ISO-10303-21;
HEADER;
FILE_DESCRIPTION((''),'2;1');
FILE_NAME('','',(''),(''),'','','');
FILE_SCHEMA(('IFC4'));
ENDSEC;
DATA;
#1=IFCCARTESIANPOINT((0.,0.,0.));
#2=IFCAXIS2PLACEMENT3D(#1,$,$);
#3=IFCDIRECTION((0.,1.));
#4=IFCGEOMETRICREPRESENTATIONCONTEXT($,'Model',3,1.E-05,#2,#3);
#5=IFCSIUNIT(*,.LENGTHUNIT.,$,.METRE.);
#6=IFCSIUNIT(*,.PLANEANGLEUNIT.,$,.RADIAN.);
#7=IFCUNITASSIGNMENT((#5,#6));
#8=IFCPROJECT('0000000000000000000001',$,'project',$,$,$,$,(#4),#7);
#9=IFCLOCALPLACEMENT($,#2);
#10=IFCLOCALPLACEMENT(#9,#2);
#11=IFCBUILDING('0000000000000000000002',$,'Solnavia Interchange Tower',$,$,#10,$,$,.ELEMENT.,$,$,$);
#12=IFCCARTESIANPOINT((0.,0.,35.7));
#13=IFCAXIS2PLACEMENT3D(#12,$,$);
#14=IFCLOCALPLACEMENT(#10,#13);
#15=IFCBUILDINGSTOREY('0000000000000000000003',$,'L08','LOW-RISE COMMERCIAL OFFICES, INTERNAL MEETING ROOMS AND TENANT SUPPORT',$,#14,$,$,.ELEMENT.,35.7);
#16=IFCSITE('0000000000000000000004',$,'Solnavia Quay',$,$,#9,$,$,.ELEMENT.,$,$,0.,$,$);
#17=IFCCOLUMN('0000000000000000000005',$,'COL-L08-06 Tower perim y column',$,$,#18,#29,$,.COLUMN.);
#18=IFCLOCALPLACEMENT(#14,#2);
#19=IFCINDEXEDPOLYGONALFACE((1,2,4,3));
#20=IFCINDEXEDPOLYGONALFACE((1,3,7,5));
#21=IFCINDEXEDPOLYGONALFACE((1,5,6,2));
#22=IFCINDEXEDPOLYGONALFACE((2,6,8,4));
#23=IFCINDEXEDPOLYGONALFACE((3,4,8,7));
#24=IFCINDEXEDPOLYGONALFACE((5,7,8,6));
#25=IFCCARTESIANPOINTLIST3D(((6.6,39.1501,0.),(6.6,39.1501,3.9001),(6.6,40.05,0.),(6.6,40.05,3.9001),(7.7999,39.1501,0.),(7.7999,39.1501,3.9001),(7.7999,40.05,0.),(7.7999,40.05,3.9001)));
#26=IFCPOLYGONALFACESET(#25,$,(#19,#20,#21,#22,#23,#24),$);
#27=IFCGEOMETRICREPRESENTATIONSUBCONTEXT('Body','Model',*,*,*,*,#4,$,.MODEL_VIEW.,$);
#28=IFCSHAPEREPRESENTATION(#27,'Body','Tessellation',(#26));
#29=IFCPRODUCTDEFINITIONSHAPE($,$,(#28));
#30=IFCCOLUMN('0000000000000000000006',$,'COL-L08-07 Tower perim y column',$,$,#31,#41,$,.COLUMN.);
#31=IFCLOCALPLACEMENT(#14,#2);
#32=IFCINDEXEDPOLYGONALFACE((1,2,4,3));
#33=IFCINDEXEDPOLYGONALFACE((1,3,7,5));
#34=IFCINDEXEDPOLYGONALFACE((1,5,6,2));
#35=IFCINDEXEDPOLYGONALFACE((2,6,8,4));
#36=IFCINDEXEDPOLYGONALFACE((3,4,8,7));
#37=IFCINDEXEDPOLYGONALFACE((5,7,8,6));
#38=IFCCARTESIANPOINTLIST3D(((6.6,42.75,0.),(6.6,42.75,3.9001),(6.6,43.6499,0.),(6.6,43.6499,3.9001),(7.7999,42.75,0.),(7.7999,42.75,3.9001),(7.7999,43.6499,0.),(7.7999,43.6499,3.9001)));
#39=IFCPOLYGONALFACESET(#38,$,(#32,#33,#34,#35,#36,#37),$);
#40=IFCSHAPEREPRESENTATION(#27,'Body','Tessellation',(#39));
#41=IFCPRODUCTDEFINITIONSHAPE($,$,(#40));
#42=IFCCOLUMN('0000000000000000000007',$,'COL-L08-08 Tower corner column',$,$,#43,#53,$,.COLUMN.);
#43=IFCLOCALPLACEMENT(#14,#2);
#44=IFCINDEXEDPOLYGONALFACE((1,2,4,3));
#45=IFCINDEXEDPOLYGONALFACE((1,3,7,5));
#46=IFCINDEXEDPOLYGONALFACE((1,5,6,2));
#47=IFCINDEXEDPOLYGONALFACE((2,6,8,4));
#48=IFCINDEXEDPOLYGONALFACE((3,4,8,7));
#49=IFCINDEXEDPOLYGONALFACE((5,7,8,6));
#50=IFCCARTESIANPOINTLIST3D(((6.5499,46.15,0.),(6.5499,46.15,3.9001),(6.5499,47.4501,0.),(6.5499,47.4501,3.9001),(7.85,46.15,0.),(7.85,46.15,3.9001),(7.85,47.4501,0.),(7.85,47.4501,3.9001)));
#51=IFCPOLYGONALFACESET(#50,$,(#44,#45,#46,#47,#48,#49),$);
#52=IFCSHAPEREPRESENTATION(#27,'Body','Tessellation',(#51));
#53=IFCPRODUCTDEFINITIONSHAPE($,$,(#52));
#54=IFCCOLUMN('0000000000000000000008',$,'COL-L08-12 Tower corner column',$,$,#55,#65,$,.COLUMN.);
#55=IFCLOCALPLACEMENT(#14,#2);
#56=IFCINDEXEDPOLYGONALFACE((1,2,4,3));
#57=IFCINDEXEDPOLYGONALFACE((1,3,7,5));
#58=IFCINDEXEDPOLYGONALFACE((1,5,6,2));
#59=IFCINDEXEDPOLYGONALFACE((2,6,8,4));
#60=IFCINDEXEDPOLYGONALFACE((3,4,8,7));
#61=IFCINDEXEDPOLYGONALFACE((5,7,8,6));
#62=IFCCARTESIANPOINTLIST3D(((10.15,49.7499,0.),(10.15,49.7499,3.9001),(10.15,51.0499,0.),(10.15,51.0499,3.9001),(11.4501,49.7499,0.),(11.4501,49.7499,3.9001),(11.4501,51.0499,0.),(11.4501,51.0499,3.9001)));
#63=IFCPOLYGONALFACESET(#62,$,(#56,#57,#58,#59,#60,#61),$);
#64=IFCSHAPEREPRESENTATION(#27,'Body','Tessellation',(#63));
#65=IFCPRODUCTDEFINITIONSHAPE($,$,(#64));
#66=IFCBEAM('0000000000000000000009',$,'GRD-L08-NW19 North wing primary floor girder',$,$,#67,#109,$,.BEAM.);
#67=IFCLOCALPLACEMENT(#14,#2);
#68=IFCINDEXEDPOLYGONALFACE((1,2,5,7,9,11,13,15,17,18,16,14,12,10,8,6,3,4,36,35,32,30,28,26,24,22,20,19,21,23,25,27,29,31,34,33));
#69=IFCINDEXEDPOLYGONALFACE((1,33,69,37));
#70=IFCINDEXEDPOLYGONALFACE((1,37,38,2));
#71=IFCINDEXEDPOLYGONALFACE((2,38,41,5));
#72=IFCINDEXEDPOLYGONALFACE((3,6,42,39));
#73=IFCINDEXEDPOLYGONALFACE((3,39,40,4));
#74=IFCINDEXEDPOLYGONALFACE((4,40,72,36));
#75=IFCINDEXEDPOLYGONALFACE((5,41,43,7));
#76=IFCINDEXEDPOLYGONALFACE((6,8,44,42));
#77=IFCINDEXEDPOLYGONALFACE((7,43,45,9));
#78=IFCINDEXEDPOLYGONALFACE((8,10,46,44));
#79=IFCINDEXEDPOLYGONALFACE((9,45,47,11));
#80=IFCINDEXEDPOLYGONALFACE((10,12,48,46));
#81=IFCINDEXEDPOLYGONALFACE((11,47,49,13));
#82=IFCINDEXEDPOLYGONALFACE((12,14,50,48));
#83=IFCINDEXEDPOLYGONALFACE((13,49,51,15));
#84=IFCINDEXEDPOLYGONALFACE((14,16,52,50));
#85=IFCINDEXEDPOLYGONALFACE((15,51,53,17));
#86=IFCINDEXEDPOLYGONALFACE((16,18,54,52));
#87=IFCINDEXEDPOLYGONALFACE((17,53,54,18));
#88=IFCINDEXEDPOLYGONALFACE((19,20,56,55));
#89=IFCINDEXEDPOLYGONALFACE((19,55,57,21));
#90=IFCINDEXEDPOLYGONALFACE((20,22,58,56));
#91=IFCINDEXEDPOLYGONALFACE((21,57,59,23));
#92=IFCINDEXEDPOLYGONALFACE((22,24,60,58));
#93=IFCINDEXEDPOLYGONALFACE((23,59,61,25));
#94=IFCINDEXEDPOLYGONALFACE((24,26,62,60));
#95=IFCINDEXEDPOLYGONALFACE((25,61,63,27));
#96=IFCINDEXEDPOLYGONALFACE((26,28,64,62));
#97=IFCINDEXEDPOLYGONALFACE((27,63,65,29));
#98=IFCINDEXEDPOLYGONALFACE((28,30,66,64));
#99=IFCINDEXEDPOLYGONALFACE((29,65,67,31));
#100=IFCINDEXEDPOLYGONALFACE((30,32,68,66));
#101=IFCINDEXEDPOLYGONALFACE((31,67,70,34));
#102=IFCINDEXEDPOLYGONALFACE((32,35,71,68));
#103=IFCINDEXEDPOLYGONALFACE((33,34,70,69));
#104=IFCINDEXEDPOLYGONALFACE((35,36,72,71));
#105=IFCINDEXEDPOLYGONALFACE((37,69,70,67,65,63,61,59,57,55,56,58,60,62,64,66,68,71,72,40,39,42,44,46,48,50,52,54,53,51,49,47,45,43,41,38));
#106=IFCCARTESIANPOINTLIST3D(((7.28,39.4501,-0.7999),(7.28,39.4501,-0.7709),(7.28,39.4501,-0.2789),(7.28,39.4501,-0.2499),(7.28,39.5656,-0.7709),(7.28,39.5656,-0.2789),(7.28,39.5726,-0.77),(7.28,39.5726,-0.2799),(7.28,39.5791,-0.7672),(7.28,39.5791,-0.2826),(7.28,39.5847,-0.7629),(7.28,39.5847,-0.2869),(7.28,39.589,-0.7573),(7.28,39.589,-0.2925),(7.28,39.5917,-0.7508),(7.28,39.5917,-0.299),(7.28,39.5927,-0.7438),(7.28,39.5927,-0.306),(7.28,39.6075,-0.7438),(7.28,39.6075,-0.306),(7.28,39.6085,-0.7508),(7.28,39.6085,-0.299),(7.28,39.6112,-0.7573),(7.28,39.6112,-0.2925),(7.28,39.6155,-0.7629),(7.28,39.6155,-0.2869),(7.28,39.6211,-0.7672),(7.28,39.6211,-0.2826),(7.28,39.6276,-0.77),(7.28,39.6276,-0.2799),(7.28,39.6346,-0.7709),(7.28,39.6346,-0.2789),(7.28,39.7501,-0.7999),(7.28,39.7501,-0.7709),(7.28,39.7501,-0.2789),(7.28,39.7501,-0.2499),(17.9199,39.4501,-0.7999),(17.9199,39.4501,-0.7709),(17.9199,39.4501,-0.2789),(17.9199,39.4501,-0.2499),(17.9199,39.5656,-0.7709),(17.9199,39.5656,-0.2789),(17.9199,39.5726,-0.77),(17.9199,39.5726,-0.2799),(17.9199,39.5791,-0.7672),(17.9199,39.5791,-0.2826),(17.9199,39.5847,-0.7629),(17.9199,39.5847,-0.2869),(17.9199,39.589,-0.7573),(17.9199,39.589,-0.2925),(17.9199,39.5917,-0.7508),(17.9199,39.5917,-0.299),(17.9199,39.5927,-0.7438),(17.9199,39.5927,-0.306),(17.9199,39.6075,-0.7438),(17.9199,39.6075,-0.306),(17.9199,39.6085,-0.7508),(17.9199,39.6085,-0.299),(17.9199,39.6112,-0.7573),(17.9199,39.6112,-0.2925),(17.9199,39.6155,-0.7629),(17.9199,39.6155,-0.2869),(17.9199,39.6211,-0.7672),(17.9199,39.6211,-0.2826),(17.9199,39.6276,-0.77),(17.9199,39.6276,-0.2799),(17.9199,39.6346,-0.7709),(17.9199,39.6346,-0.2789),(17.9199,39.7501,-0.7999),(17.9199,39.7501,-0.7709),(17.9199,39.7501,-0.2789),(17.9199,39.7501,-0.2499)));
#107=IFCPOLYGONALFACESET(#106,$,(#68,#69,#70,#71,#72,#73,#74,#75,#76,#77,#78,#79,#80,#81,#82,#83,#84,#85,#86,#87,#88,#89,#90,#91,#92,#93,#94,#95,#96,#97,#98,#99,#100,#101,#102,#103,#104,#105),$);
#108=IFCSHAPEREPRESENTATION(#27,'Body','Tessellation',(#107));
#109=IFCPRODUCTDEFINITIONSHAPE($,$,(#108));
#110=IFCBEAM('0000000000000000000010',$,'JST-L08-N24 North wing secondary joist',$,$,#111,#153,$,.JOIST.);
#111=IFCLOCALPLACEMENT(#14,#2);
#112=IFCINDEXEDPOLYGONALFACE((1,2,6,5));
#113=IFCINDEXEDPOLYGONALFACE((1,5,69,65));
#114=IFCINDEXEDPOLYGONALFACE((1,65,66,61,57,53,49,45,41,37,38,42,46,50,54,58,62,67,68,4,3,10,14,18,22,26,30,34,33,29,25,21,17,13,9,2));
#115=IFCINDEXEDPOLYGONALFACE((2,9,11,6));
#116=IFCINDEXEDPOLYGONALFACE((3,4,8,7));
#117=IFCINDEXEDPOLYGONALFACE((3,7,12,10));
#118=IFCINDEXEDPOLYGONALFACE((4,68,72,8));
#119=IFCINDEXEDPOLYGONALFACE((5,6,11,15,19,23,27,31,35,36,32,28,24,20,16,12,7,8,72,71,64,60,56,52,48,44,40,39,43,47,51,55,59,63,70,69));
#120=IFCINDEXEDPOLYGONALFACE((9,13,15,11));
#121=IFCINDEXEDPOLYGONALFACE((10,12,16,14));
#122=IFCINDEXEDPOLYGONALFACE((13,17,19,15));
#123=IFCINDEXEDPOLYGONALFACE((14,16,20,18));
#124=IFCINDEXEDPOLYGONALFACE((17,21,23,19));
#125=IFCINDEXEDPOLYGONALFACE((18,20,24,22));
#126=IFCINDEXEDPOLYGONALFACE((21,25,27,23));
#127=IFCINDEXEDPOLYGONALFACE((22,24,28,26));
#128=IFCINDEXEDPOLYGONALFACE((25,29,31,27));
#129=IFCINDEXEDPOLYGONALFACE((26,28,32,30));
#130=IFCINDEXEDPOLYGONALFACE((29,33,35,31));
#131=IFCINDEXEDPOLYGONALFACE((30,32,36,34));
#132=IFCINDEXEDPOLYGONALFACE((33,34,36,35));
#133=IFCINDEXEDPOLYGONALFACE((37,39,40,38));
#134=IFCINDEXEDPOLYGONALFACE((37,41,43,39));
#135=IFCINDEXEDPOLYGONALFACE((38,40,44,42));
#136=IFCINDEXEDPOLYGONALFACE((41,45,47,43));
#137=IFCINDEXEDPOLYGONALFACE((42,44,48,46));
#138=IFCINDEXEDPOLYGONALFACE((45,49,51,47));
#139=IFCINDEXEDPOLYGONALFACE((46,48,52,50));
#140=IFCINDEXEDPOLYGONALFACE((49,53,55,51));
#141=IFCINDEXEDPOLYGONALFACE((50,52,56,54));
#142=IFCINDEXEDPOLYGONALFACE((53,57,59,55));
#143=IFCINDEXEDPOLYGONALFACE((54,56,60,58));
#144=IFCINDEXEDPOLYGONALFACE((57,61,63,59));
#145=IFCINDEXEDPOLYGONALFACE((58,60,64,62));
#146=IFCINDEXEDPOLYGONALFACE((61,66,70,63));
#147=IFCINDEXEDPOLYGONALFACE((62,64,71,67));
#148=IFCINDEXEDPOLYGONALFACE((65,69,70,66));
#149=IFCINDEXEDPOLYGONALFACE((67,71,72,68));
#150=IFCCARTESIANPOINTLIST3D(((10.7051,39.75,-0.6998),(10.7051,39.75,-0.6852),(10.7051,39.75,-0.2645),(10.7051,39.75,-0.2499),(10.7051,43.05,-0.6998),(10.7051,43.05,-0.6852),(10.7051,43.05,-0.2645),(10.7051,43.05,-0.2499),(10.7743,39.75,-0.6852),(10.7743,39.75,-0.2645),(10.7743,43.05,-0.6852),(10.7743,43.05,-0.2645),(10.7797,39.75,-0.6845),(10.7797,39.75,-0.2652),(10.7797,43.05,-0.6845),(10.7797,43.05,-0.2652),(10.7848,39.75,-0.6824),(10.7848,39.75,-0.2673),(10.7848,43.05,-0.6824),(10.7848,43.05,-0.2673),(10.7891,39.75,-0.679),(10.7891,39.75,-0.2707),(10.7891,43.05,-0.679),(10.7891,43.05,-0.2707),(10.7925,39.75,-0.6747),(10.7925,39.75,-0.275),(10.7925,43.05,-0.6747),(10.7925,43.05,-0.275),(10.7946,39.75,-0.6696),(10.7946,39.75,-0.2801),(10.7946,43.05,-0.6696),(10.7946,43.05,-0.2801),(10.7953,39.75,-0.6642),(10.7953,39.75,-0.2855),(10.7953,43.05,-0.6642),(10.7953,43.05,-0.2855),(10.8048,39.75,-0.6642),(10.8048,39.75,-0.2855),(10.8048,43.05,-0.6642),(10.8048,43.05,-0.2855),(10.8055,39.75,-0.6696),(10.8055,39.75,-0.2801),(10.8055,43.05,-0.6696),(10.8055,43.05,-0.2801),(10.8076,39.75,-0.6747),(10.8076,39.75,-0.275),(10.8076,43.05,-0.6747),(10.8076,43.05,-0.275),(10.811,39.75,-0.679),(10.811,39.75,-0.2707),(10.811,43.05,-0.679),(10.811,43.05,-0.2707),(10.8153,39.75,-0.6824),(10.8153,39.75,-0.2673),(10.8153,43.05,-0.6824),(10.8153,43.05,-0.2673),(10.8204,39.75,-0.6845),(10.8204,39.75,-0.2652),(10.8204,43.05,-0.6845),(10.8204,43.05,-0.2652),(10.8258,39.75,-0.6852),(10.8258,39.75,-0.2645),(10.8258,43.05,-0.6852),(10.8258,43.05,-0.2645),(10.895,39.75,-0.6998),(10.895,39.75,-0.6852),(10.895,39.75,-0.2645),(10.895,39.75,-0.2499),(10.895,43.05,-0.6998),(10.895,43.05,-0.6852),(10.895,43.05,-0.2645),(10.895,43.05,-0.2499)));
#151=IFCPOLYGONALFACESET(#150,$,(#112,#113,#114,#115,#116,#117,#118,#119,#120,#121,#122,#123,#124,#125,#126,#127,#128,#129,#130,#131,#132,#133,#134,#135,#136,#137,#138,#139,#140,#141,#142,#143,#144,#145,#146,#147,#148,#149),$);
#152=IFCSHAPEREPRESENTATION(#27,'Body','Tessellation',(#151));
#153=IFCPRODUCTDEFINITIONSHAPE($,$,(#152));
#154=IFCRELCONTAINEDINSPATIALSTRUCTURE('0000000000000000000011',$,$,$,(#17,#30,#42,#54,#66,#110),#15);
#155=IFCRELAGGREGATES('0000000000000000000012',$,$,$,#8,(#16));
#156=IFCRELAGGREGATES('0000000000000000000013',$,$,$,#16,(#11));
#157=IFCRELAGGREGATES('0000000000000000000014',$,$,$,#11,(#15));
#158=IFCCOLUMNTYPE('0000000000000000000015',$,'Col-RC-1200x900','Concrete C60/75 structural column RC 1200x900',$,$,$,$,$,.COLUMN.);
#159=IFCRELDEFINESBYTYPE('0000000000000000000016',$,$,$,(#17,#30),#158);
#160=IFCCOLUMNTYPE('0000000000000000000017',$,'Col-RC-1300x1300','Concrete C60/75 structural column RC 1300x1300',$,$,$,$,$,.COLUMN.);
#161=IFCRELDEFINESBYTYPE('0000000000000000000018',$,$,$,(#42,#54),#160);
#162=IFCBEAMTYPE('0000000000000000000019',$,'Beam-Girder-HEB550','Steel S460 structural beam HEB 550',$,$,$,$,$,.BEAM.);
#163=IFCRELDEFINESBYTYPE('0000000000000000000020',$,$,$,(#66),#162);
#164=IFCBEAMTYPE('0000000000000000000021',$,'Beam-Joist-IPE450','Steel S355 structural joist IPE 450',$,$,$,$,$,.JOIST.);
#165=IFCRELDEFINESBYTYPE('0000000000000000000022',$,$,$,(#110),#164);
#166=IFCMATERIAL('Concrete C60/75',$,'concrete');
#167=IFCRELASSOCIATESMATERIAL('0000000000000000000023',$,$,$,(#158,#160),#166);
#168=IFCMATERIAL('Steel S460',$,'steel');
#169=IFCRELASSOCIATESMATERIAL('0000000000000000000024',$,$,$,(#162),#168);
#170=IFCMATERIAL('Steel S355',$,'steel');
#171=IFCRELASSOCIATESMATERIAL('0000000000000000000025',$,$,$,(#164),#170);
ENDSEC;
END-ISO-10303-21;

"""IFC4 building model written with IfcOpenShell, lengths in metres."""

from ifc_helpers import new_model, si_unit, direction, frame, origin, origin_2d, place, context, subcontext, project, spatial, rectangle, i_section, extrude, material, material_profile, profile_set, type_object, element, save


model = new_model("IFC4")

# Units and contexts
model_context = context("Model", 3, precision=1e-05, world=origin(), true_north=direction((0.0, 1.0)))
body_context = subcontext(model_context, "Body", "Model", "MODEL_VIEW")
ifc_project = project(units=[si_unit("LENGTHUNIT", "METRE"), si_unit("PLANEANGLEUNIT", "RADIAN")], contexts=[model_context])

# Site, building, storey
site_placement = place(None, origin())
site = spatial("IfcSite", under=ifc_project, at=site_placement, Name="Solnavia Quay", CompositionType="ELEMENT", RefElevation=0.0)
building_placement = place(site_placement, origin())
building = spatial("IfcBuilding", under=site, at=building_placement, Name="Solnavia Interchange Tower", CompositionType="ELEMENT")
storey_placement = place(building_placement, frame((0.0, 0.0, 35.7)))
storey = spatial("IfcBuildingStorey", under=building, at=storey_placement, Name="L08", Description="LOW-RISE COMMERCIAL OFFICES, INTERNAL MEETING ROOMS AND TENANT SUPPORT", CompositionType="ELEMENT", Elevation=35.7)

# Columns
ifc_material_1 = material(Name="Concrete C60/75", Category="concrete")
ifc_material_profile_1 = material_profile(ifc_material_1, rectangle(XDim=0.8999, YDim=1.2, at=origin_2d()), Name="RC 1200x900")
ifc_profile_set_1 = profile_set([ifc_material_profile_1], Name="Concrete C60/75")
column_type_1 = type_object("IfcColumnType", Name="Col-RC-1200x900", Description="Concrete C60/75 structural column RC 1200x900", PredefinedType="COLUMN", material=ifc_profile_set_1)
for number, where, z_axis, x_axis, name in (
    (1, (7.2, 39.6001, 0.0), (0.0, 0.0, 1.0), (0.0, 1.0, 0.0), "COL-L08-06 Tower perim y column"),
    (2, (7.2, 43.2, 0.0), (0.0, 0.0, 1.0), (0.0, 1.0, 0.0), "COL-L08-07 Tower perim y column"),
):
    element("IfcColumn", number, at=place(storey_placement, frame(where, z_axis=z_axis, x_axis=x_axis)), inside=storey, type_object=column_type_1, Name=name, PredefinedType="COLUMN", context=body_context, shape_type="SweptSolid", body=[
        extrude(rectangle(XDim=0.8999, YDim=1.2, at=origin_2d()), origin(), (0.0, 0.0, 1.0), 3.9001),
    ])
ifc_material_profile_2 = material_profile(ifc_material_1, rectangle(XDim=1.3, YDim=1.3, at=origin_2d()), Name="RC 1300x1300")
ifc_profile_set_2 = profile_set([ifc_material_profile_2], Name="Concrete C60/75")
column_type_2 = type_object("IfcColumnType", Name="Col-RC-1300x1300", Description="Concrete C60/75 structural column RC 1300x1300", PredefinedType="COLUMN", material=ifc_profile_set_2)
for number, where, z_axis, x_axis, name in (
    (3, (7.2, 46.8, 0.0), (0.0, 0.0, 1.0), (0.0, 1.0, 0.0), "COL-L08-08 Tower corner column"),
    (4, (10.8, 50.3999, 0.0), (0.0, 0.0, 1.0), (1.0, 0.0, 0.0), "COL-L08-12 Tower corner column"),
):
    element("IfcColumn", number, at=place(storey_placement, frame(where, z_axis=z_axis, x_axis=x_axis)), inside=storey, type_object=column_type_2, Name=name, PredefinedType="COLUMN", context=body_context, shape_type="SweptSolid", body=[
        extrude(rectangle(XDim=1.3, YDim=1.3, at=origin_2d()), origin(), (0.0, 0.0, 1.0), 3.9001),
    ])

# Beams
ifc_material_2 = material(Name="Steel S460", Category="steel")
ifc_material_profile_3 = material_profile(ifc_material_2, i_section(OverallWidth=0.3, OverallDepth=0.55, WebThickness=0.0149, FlangeThickness=0.0291, FilletRadius=0.0271, at=origin_2d()), Name="HEB 550")
ifc_profile_set_3 = profile_set([ifc_material_profile_3], Name="Steel S460")
beam_type_1 = type_object("IfcBeamType", Name="Beam-Girder-HEB550", Description="Steel S460 structural beam HEB 550", PredefinedType="BEAM", material=ifc_profile_set_3)
beam_1_placement = place(storey_placement, frame((7.28, 39.6001, -0.5249), z_axis=(1.0, 0.0, 0.0), x_axis=(0.0, 1.0, 0.0)))
element("IfcBeam", 5, at=beam_1_placement, inside=storey, type_object=beam_type_1, Name="GRD-L08-NW19 North wing primary floor girder", PredefinedType="BEAM", context=body_context, shape_type="SweptSolid", body=[
    extrude(i_section(OverallWidth=0.3, OverallDepth=0.55, WebThickness=0.0149, FlangeThickness=0.0291, FilletRadius=0.0271, at=origin_2d()), origin(), (0.0, 0.0, 1.0), 10.6399),
])
ifc_material_3 = material(Name="Steel S355", Category="steel")
ifc_material_profile_4 = material_profile(ifc_material_3, i_section(OverallWidth=0.1899, OverallDepth=0.45, WebThickness=0.0095, FlangeThickness=0.0146, FilletRadius=0.021, at=origin_2d()), Name="IPE 450")
ifc_profile_set_4 = profile_set([ifc_material_profile_4], Name="Steel S355")
beam_type_2 = type_object("IfcBeamType", Name="Beam-Joist-IPE450", Description="Steel S355 structural joist IPE 450", PredefinedType="JOIST", material=ifc_profile_set_4)
beam_2_placement = place(storey_placement, frame((10.8, 39.75, -0.4749), z_axis=(0.0, 1.0, 0.0), x_axis=(-1.0, 0.0, 0.0)))
element("IfcBeam", 6, at=beam_2_placement, inside=storey, type_object=beam_type_2, Name="JST-L08-N24 North wing secondary joist", PredefinedType="JOIST", context=body_context, shape_type="SweptSolid", body=[
    extrude(i_section(OverallWidth=0.1899, OverallDepth=0.45, WebThickness=0.0095, FlangeThickness=0.0146, FilletRadius=0.021, at=origin_2d()), origin(), (0.0, 0.0, 1.0), 3.3),
])

save(model, "model.ifc")
